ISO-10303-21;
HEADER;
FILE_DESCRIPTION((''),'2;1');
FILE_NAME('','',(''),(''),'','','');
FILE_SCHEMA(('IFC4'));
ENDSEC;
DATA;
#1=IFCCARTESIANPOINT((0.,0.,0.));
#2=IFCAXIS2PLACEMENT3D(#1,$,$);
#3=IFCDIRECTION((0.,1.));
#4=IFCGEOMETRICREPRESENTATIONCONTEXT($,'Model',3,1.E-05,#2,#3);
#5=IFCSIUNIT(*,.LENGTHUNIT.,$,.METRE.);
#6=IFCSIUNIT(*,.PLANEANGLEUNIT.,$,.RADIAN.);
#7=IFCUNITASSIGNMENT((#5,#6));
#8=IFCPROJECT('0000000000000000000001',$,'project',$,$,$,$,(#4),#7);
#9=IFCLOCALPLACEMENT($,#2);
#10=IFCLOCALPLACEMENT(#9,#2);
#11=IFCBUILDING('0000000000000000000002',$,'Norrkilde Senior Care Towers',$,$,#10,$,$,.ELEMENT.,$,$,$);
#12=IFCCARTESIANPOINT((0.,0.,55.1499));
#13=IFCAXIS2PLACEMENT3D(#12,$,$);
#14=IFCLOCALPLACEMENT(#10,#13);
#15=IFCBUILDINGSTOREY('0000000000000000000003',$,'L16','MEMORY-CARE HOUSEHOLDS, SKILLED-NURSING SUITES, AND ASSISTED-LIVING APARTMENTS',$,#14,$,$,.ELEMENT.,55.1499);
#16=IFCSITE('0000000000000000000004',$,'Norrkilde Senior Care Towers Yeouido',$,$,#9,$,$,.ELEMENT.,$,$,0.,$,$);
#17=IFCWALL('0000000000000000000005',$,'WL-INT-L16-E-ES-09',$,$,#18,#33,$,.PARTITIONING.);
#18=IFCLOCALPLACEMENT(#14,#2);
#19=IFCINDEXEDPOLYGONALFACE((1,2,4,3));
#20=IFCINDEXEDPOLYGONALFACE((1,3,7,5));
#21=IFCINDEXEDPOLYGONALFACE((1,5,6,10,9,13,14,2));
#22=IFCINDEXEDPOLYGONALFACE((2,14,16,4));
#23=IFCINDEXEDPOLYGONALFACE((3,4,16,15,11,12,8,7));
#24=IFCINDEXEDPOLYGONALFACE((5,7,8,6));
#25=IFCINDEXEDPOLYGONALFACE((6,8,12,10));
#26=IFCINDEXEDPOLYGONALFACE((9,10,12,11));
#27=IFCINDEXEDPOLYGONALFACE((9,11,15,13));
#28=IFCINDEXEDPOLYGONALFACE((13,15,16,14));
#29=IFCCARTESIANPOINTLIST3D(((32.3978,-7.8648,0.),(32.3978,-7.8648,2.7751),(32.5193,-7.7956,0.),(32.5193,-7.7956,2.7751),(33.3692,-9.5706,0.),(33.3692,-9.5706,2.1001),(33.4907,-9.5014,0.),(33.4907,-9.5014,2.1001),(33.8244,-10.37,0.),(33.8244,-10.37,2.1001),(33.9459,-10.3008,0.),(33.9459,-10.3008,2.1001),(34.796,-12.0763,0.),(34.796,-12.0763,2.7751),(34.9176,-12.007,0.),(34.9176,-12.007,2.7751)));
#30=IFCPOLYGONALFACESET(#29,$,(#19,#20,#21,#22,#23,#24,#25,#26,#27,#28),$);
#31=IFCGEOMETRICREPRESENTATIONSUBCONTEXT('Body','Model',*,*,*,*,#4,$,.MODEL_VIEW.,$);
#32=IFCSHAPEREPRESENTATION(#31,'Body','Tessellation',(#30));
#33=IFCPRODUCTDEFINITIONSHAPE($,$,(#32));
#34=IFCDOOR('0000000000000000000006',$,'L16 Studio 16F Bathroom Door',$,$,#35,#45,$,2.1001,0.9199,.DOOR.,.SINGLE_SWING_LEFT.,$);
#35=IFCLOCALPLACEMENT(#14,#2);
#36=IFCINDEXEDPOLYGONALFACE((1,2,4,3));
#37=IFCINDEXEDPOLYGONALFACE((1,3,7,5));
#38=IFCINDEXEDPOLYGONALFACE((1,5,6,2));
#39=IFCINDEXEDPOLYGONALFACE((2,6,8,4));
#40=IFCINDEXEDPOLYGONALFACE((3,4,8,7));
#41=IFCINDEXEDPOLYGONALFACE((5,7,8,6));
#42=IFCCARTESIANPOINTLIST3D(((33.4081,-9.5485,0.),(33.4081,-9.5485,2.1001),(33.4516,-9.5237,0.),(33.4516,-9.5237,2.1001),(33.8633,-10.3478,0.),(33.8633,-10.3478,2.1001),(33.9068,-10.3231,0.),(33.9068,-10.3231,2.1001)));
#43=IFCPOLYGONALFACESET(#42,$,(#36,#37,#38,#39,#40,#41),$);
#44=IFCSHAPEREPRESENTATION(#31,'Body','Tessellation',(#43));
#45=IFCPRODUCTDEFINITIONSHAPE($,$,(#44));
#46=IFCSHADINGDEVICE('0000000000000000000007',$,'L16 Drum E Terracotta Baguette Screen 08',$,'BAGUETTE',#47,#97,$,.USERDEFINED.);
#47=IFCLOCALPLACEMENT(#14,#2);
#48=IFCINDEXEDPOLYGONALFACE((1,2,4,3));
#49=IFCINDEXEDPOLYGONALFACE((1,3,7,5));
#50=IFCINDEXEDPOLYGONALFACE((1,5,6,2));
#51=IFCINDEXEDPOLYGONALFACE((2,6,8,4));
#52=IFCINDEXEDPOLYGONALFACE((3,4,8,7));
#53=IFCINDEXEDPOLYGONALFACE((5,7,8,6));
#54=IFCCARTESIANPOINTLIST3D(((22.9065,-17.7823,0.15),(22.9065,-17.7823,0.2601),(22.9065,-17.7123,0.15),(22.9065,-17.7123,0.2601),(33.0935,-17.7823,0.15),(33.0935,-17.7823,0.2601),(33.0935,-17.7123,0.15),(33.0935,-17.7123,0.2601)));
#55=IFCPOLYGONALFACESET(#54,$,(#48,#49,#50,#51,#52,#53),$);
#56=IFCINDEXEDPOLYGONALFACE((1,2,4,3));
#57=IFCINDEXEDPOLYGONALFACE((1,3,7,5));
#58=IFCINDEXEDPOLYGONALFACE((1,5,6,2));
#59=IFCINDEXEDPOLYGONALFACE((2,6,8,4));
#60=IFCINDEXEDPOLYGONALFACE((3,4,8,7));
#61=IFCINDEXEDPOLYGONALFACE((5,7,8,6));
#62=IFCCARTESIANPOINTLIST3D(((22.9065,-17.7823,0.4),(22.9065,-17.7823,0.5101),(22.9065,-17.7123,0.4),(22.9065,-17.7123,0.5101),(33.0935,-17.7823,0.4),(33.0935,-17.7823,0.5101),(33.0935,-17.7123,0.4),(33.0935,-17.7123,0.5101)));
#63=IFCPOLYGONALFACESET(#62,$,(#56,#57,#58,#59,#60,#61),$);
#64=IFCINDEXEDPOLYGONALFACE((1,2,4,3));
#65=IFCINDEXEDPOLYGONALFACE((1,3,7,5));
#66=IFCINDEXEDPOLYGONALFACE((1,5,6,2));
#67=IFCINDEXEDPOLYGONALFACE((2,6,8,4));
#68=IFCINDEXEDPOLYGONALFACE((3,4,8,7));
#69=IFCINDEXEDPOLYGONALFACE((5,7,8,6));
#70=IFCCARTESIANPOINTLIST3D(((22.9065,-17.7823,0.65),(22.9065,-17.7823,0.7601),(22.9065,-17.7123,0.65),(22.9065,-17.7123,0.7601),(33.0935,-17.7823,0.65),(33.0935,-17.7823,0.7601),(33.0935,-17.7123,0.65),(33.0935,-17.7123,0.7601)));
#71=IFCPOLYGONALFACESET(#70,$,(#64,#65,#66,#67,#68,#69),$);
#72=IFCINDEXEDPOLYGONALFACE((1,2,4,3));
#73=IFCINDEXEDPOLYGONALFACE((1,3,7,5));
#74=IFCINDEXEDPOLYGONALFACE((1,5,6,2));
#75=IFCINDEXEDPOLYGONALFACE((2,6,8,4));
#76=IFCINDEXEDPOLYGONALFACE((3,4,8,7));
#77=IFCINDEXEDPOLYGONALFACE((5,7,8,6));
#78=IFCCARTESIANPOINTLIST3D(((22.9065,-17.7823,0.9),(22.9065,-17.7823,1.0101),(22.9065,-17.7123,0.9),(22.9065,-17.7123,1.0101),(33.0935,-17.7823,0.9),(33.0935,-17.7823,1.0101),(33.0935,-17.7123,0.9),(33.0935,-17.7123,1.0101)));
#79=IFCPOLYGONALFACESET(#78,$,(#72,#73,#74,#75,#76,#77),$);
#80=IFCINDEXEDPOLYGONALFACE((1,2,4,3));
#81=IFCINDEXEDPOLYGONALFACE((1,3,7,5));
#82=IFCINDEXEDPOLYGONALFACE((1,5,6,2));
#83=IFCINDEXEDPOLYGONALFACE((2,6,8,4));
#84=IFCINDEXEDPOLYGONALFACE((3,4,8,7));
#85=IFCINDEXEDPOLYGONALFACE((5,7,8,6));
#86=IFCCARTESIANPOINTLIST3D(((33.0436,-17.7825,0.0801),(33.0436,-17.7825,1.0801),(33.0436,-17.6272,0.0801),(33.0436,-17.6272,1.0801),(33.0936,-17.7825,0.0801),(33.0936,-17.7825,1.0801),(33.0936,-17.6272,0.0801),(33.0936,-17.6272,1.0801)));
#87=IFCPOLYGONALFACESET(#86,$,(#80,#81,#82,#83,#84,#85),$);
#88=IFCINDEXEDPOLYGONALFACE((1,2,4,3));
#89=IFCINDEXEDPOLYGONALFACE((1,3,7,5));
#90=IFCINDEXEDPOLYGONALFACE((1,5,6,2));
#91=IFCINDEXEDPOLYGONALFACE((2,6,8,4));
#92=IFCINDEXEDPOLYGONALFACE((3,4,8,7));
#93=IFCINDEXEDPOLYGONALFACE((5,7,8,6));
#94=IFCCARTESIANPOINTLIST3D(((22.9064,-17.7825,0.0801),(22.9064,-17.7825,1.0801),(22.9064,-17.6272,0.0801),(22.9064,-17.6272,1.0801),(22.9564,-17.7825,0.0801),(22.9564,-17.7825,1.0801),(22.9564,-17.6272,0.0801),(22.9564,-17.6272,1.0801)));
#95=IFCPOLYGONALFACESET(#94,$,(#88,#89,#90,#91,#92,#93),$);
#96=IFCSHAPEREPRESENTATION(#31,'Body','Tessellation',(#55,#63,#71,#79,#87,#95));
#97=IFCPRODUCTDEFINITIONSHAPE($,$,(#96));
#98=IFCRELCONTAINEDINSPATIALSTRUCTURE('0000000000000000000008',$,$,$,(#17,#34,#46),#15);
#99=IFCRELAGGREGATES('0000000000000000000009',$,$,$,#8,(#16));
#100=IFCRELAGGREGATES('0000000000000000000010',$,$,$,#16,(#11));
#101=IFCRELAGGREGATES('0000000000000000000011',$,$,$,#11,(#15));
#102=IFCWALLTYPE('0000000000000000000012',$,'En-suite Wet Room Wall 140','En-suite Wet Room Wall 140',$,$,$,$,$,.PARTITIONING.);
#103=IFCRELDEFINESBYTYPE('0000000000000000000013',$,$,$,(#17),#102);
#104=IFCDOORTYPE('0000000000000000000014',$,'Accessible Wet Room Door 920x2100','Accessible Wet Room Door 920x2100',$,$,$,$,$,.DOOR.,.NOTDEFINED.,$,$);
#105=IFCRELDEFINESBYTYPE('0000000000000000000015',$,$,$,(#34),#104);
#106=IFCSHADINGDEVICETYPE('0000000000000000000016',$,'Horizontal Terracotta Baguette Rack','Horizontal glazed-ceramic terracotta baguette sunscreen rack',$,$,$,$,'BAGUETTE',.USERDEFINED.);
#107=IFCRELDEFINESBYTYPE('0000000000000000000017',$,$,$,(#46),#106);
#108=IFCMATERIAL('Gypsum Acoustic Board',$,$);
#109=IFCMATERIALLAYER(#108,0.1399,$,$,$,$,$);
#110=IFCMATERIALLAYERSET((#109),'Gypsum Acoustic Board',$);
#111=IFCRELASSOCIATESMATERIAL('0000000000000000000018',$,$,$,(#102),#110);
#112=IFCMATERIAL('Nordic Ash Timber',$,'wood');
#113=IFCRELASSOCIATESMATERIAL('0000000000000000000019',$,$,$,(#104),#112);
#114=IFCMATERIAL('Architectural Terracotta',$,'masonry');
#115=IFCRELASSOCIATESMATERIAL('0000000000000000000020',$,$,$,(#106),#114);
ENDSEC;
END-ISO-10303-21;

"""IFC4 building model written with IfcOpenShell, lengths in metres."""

from ifc_helpers import new_model, si_unit, direction, frame, frame_2d, origin, origin_2d, place, context, subcontext, project, spatial, rectangle, extrude, source, transform, mapped, material, layer, layer_set, type_object, type_shapes, element, fill, save


model = new_model("IFC4")

# Units and contexts
model_context = context("Model", 3, precision=1e-05, world=origin(), true_north=direction((0.0, 1.0)))
body_context = subcontext(model_context, "Body", "Model", "MODEL_VIEW")
ifc_project = project(units=[si_unit("LENGTHUNIT", "METRE"), si_unit("PLANEANGLEUNIT", "RADIAN")], contexts=[model_context])

# Site, building, storey
site_placement = place(None, origin())
site = spatial("IfcSite", under=ifc_project, at=site_placement, Name="Norrkilde Senior Care Towers Yeouido", CompositionType="ELEMENT", RefElevation=0.0)
building_placement = place(site_placement, origin())
building = spatial("IfcBuilding", under=site, at=building_placement, Name="Norrkilde Senior Care Towers", CompositionType="ELEMENT")
storey_placement = place(building_placement, frame((0.0, 0.0, 55.1499)))
storey = spatial("IfcBuildingStorey", under=building, at=storey_placement, Name="L16", Description="MEMORY-CARE HOUSEHOLDS, SKILLED-NURSING SUITES, AND ASSISTED-LIVING APARTMENTS", CompositionType="ELEMENT", Elevation=55.1499)

# Shared definitions
ifc_material_1 = material(Name="Gypsum Acoustic Board")
ifc_layer_1 = layer(ifc_material_1, 0.1399)
ifc_layer_set_1 = layer_set([ifc_layer_1], Name="Gypsum Acoustic Board")
wall_type_1 = type_object("IfcWallType", Name="En-suite Wet Room Wall 140", Description="En-suite Wet Room Wall 140", PredefinedType="PARTITIONING", material=ifc_layer_set_1)

# Shared definitions
ifc_material_2 = material(Name="Nordic Ash Timber", Category="wood")
door_type = type_object("IfcDoorType", Name="Accessible Wet Room Door 920x2100", Description="Accessible Wet Room Door 920x2100", OperationType="NOTDEFINED", PredefinedType="DOOR", material=ifc_material_2)
shared_shape_1 = source(origin(), body_context, "Body", "SweptSolid", [
    extrude(rectangle(XDim=0.9199, YDim=2.1001, at=frame_2d((0.46, 1.05))), frame((0.0, 0.0249, 0.0), z_axis=(0.0, -1.0, 0.0), x_axis=(1.0, 0.0, 0.0)), (0.0, 0.0, 1.0), 0.05),
])
type_shapes(door_type, [shared_shape_1])

# Wall, opening, door
shared_shape_2 = source(origin(), body_context, "Body", "SweptSolid", [
    extrude(rectangle(XDim=4.8464, YDim=0.1399, at=frame_2d((2.4233, 0.0))), origin(), (0.0, 0.0, 1.0), 2.7751),
])
wall_1_placement = place(storey_placement, frame((32.4585, -7.8301, 0.0), z_axis=(0.0, 0.0, 1.0), x_axis=(0.494842, -0.868983, 0.0)))
wall_1 = element("IfcWall", 1, at=wall_1_placement, inside=storey, type_object=wall_type_1, Name="WL-INT-L16-E-ES-09", PredefinedType="PARTITIONING", context=body_context, shape_type="MappedRepresentation", body=[
    mapped(shared_shape_2, transform((0.0, 0.0, 0.0), x_axis=(1.0, 0.0, 0.0), y_axis=(0.0, 1.0, 0.0), z_axis=(0.0, 0.0, 1.0), scale=1.0)),
])
opening_1_placement = place(wall_1_placement, frame((1.9631, 0.0, 0.0)))
opening_1 = element("IfcOpeningElement", 2, at=opening_1_placement, cuts=wall_1, PredefinedType="OPENING", context=body_context, shape_type="SweptSolid", body=[
    extrude(rectangle(XDim=0.9199, YDim=2.1001, at=frame_2d((0.46, 1.05))), frame((0.0, 0.0798, 0.0), z_axis=(0.0, -1.0, 0.0), x_axis=(1.0, 0.0, 0.0)), (0.0, 0.0, 1.0), 0.1599),
])
door_1_placement = place(opening_1_placement, origin())
door_1 = element("IfcDoor", 3, at=door_1_placement, inside=storey, type_object=door_type, Name="L16 Studio 16F Bathroom Door", OperationType="SINGLE_SWING_LEFT", OverallHeight=2.1001, OverallWidth=0.9199, PredefinedType="DOOR", context=body_context, shape_type="MappedRepresentation", body=[
    mapped(shared_shape_1, transform((0.0, 0.0, 0.0), x_axis=(1.0, 0.0, 0.0), y_axis=(0.0, 1.0, 0.0), z_axis=(0.0, 0.0, 1.0), scale=1.0)),
])
fill(opening_1, door_1)

# Shading device
ifc_material_3 = material(Name="Architectural Terracotta", Category="masonry")
shading_device_type = type_object("IfcShadingDeviceType", Name="Horizontal Terracotta Baguette Rack", Description="Horizontal glazed-ceramic terracotta baguette sunscreen rack", ElementType="BAGUETTE", PredefinedType="USERDEFINED", material=ifc_material_3)
shared_shape_3 = source(origin(), body_context, "Body", "SweptSolid", [
    extrude(rectangle(XDim=0.0701, YDim=0.1101, at=origin_2d()), frame((0.0, 0.0901, 0.125), z_axis=(1.0, 0.0, 0.0), x_axis=(0.0, 1.0, 0.0)), (0.0, 0.0, 1.0), 10.187),
    extrude(rectangle(XDim=0.0701, YDim=0.1101, at=origin_2d()), frame((0.0, 0.0901, 0.375), z_axis=(1.0, 0.0, 0.0), x_axis=(0.0, 1.0, 0.0)), (0.0, 0.0, 1.0), 10.187),
    extrude(rectangle(XDim=0.0701, YDim=0.1101, at=origin_2d()), frame((0.0, 0.0901, 0.625), z_axis=(1.0, 0.0, 0.0), x_axis=(0.0, 1.0, 0.0)), (0.0, 0.0, 1.0), 10.187),
    extrude(rectangle(XDim=0.0701, YDim=0.1101, at=origin_2d()), frame((0.0, 0.0901, 0.875), z_axis=(1.0, 0.0, 0.0), x_axis=(0.0, 1.0, 0.0)), (0.0, 0.0, 1.0), 10.187),
    extrude(rectangle(XDim=0.05, YDim=0.1553, at=origin_2d()), frame((0.0249, 0.0476, 0.0)), (0.0, 0.0, 1.0), 1.0),
    extrude(rectangle(XDim=0.05, YDim=0.1553, at=origin_2d()), frame((10.1621, 0.0476, 0.0)), (0.0, 0.0, 1.0), 1.0),
])
type_shapes(shading_device_type, [shared_shape_3])
shading_device_placement = place(storey_placement, frame((33.0935, -17.6572, 0.0801), z_axis=(0.0, 0.0, 1.0), x_axis=(-1.0, 0.0, 0.0)))
element("IfcShadingDevice", 4, at=shading_device_placement, inside=storey, type_object=shading_device_type, Name="L16 Drum E Terracotta Baguette Screen 08", ObjectType="BAGUETTE", PredefinedType="USERDEFINED", context=body_context, shape_type="MappedRepresentation", body=[
    mapped(shared_shape_3, transform((0.0, 0.0, 0.0), x_axis=(1.0, 0.0, 0.0), y_axis=(0.0, 1.0, 0.0), z_axis=(0.0, 0.0, 1.0), scale=1.0)),
])

save(model, "model.ifc")
